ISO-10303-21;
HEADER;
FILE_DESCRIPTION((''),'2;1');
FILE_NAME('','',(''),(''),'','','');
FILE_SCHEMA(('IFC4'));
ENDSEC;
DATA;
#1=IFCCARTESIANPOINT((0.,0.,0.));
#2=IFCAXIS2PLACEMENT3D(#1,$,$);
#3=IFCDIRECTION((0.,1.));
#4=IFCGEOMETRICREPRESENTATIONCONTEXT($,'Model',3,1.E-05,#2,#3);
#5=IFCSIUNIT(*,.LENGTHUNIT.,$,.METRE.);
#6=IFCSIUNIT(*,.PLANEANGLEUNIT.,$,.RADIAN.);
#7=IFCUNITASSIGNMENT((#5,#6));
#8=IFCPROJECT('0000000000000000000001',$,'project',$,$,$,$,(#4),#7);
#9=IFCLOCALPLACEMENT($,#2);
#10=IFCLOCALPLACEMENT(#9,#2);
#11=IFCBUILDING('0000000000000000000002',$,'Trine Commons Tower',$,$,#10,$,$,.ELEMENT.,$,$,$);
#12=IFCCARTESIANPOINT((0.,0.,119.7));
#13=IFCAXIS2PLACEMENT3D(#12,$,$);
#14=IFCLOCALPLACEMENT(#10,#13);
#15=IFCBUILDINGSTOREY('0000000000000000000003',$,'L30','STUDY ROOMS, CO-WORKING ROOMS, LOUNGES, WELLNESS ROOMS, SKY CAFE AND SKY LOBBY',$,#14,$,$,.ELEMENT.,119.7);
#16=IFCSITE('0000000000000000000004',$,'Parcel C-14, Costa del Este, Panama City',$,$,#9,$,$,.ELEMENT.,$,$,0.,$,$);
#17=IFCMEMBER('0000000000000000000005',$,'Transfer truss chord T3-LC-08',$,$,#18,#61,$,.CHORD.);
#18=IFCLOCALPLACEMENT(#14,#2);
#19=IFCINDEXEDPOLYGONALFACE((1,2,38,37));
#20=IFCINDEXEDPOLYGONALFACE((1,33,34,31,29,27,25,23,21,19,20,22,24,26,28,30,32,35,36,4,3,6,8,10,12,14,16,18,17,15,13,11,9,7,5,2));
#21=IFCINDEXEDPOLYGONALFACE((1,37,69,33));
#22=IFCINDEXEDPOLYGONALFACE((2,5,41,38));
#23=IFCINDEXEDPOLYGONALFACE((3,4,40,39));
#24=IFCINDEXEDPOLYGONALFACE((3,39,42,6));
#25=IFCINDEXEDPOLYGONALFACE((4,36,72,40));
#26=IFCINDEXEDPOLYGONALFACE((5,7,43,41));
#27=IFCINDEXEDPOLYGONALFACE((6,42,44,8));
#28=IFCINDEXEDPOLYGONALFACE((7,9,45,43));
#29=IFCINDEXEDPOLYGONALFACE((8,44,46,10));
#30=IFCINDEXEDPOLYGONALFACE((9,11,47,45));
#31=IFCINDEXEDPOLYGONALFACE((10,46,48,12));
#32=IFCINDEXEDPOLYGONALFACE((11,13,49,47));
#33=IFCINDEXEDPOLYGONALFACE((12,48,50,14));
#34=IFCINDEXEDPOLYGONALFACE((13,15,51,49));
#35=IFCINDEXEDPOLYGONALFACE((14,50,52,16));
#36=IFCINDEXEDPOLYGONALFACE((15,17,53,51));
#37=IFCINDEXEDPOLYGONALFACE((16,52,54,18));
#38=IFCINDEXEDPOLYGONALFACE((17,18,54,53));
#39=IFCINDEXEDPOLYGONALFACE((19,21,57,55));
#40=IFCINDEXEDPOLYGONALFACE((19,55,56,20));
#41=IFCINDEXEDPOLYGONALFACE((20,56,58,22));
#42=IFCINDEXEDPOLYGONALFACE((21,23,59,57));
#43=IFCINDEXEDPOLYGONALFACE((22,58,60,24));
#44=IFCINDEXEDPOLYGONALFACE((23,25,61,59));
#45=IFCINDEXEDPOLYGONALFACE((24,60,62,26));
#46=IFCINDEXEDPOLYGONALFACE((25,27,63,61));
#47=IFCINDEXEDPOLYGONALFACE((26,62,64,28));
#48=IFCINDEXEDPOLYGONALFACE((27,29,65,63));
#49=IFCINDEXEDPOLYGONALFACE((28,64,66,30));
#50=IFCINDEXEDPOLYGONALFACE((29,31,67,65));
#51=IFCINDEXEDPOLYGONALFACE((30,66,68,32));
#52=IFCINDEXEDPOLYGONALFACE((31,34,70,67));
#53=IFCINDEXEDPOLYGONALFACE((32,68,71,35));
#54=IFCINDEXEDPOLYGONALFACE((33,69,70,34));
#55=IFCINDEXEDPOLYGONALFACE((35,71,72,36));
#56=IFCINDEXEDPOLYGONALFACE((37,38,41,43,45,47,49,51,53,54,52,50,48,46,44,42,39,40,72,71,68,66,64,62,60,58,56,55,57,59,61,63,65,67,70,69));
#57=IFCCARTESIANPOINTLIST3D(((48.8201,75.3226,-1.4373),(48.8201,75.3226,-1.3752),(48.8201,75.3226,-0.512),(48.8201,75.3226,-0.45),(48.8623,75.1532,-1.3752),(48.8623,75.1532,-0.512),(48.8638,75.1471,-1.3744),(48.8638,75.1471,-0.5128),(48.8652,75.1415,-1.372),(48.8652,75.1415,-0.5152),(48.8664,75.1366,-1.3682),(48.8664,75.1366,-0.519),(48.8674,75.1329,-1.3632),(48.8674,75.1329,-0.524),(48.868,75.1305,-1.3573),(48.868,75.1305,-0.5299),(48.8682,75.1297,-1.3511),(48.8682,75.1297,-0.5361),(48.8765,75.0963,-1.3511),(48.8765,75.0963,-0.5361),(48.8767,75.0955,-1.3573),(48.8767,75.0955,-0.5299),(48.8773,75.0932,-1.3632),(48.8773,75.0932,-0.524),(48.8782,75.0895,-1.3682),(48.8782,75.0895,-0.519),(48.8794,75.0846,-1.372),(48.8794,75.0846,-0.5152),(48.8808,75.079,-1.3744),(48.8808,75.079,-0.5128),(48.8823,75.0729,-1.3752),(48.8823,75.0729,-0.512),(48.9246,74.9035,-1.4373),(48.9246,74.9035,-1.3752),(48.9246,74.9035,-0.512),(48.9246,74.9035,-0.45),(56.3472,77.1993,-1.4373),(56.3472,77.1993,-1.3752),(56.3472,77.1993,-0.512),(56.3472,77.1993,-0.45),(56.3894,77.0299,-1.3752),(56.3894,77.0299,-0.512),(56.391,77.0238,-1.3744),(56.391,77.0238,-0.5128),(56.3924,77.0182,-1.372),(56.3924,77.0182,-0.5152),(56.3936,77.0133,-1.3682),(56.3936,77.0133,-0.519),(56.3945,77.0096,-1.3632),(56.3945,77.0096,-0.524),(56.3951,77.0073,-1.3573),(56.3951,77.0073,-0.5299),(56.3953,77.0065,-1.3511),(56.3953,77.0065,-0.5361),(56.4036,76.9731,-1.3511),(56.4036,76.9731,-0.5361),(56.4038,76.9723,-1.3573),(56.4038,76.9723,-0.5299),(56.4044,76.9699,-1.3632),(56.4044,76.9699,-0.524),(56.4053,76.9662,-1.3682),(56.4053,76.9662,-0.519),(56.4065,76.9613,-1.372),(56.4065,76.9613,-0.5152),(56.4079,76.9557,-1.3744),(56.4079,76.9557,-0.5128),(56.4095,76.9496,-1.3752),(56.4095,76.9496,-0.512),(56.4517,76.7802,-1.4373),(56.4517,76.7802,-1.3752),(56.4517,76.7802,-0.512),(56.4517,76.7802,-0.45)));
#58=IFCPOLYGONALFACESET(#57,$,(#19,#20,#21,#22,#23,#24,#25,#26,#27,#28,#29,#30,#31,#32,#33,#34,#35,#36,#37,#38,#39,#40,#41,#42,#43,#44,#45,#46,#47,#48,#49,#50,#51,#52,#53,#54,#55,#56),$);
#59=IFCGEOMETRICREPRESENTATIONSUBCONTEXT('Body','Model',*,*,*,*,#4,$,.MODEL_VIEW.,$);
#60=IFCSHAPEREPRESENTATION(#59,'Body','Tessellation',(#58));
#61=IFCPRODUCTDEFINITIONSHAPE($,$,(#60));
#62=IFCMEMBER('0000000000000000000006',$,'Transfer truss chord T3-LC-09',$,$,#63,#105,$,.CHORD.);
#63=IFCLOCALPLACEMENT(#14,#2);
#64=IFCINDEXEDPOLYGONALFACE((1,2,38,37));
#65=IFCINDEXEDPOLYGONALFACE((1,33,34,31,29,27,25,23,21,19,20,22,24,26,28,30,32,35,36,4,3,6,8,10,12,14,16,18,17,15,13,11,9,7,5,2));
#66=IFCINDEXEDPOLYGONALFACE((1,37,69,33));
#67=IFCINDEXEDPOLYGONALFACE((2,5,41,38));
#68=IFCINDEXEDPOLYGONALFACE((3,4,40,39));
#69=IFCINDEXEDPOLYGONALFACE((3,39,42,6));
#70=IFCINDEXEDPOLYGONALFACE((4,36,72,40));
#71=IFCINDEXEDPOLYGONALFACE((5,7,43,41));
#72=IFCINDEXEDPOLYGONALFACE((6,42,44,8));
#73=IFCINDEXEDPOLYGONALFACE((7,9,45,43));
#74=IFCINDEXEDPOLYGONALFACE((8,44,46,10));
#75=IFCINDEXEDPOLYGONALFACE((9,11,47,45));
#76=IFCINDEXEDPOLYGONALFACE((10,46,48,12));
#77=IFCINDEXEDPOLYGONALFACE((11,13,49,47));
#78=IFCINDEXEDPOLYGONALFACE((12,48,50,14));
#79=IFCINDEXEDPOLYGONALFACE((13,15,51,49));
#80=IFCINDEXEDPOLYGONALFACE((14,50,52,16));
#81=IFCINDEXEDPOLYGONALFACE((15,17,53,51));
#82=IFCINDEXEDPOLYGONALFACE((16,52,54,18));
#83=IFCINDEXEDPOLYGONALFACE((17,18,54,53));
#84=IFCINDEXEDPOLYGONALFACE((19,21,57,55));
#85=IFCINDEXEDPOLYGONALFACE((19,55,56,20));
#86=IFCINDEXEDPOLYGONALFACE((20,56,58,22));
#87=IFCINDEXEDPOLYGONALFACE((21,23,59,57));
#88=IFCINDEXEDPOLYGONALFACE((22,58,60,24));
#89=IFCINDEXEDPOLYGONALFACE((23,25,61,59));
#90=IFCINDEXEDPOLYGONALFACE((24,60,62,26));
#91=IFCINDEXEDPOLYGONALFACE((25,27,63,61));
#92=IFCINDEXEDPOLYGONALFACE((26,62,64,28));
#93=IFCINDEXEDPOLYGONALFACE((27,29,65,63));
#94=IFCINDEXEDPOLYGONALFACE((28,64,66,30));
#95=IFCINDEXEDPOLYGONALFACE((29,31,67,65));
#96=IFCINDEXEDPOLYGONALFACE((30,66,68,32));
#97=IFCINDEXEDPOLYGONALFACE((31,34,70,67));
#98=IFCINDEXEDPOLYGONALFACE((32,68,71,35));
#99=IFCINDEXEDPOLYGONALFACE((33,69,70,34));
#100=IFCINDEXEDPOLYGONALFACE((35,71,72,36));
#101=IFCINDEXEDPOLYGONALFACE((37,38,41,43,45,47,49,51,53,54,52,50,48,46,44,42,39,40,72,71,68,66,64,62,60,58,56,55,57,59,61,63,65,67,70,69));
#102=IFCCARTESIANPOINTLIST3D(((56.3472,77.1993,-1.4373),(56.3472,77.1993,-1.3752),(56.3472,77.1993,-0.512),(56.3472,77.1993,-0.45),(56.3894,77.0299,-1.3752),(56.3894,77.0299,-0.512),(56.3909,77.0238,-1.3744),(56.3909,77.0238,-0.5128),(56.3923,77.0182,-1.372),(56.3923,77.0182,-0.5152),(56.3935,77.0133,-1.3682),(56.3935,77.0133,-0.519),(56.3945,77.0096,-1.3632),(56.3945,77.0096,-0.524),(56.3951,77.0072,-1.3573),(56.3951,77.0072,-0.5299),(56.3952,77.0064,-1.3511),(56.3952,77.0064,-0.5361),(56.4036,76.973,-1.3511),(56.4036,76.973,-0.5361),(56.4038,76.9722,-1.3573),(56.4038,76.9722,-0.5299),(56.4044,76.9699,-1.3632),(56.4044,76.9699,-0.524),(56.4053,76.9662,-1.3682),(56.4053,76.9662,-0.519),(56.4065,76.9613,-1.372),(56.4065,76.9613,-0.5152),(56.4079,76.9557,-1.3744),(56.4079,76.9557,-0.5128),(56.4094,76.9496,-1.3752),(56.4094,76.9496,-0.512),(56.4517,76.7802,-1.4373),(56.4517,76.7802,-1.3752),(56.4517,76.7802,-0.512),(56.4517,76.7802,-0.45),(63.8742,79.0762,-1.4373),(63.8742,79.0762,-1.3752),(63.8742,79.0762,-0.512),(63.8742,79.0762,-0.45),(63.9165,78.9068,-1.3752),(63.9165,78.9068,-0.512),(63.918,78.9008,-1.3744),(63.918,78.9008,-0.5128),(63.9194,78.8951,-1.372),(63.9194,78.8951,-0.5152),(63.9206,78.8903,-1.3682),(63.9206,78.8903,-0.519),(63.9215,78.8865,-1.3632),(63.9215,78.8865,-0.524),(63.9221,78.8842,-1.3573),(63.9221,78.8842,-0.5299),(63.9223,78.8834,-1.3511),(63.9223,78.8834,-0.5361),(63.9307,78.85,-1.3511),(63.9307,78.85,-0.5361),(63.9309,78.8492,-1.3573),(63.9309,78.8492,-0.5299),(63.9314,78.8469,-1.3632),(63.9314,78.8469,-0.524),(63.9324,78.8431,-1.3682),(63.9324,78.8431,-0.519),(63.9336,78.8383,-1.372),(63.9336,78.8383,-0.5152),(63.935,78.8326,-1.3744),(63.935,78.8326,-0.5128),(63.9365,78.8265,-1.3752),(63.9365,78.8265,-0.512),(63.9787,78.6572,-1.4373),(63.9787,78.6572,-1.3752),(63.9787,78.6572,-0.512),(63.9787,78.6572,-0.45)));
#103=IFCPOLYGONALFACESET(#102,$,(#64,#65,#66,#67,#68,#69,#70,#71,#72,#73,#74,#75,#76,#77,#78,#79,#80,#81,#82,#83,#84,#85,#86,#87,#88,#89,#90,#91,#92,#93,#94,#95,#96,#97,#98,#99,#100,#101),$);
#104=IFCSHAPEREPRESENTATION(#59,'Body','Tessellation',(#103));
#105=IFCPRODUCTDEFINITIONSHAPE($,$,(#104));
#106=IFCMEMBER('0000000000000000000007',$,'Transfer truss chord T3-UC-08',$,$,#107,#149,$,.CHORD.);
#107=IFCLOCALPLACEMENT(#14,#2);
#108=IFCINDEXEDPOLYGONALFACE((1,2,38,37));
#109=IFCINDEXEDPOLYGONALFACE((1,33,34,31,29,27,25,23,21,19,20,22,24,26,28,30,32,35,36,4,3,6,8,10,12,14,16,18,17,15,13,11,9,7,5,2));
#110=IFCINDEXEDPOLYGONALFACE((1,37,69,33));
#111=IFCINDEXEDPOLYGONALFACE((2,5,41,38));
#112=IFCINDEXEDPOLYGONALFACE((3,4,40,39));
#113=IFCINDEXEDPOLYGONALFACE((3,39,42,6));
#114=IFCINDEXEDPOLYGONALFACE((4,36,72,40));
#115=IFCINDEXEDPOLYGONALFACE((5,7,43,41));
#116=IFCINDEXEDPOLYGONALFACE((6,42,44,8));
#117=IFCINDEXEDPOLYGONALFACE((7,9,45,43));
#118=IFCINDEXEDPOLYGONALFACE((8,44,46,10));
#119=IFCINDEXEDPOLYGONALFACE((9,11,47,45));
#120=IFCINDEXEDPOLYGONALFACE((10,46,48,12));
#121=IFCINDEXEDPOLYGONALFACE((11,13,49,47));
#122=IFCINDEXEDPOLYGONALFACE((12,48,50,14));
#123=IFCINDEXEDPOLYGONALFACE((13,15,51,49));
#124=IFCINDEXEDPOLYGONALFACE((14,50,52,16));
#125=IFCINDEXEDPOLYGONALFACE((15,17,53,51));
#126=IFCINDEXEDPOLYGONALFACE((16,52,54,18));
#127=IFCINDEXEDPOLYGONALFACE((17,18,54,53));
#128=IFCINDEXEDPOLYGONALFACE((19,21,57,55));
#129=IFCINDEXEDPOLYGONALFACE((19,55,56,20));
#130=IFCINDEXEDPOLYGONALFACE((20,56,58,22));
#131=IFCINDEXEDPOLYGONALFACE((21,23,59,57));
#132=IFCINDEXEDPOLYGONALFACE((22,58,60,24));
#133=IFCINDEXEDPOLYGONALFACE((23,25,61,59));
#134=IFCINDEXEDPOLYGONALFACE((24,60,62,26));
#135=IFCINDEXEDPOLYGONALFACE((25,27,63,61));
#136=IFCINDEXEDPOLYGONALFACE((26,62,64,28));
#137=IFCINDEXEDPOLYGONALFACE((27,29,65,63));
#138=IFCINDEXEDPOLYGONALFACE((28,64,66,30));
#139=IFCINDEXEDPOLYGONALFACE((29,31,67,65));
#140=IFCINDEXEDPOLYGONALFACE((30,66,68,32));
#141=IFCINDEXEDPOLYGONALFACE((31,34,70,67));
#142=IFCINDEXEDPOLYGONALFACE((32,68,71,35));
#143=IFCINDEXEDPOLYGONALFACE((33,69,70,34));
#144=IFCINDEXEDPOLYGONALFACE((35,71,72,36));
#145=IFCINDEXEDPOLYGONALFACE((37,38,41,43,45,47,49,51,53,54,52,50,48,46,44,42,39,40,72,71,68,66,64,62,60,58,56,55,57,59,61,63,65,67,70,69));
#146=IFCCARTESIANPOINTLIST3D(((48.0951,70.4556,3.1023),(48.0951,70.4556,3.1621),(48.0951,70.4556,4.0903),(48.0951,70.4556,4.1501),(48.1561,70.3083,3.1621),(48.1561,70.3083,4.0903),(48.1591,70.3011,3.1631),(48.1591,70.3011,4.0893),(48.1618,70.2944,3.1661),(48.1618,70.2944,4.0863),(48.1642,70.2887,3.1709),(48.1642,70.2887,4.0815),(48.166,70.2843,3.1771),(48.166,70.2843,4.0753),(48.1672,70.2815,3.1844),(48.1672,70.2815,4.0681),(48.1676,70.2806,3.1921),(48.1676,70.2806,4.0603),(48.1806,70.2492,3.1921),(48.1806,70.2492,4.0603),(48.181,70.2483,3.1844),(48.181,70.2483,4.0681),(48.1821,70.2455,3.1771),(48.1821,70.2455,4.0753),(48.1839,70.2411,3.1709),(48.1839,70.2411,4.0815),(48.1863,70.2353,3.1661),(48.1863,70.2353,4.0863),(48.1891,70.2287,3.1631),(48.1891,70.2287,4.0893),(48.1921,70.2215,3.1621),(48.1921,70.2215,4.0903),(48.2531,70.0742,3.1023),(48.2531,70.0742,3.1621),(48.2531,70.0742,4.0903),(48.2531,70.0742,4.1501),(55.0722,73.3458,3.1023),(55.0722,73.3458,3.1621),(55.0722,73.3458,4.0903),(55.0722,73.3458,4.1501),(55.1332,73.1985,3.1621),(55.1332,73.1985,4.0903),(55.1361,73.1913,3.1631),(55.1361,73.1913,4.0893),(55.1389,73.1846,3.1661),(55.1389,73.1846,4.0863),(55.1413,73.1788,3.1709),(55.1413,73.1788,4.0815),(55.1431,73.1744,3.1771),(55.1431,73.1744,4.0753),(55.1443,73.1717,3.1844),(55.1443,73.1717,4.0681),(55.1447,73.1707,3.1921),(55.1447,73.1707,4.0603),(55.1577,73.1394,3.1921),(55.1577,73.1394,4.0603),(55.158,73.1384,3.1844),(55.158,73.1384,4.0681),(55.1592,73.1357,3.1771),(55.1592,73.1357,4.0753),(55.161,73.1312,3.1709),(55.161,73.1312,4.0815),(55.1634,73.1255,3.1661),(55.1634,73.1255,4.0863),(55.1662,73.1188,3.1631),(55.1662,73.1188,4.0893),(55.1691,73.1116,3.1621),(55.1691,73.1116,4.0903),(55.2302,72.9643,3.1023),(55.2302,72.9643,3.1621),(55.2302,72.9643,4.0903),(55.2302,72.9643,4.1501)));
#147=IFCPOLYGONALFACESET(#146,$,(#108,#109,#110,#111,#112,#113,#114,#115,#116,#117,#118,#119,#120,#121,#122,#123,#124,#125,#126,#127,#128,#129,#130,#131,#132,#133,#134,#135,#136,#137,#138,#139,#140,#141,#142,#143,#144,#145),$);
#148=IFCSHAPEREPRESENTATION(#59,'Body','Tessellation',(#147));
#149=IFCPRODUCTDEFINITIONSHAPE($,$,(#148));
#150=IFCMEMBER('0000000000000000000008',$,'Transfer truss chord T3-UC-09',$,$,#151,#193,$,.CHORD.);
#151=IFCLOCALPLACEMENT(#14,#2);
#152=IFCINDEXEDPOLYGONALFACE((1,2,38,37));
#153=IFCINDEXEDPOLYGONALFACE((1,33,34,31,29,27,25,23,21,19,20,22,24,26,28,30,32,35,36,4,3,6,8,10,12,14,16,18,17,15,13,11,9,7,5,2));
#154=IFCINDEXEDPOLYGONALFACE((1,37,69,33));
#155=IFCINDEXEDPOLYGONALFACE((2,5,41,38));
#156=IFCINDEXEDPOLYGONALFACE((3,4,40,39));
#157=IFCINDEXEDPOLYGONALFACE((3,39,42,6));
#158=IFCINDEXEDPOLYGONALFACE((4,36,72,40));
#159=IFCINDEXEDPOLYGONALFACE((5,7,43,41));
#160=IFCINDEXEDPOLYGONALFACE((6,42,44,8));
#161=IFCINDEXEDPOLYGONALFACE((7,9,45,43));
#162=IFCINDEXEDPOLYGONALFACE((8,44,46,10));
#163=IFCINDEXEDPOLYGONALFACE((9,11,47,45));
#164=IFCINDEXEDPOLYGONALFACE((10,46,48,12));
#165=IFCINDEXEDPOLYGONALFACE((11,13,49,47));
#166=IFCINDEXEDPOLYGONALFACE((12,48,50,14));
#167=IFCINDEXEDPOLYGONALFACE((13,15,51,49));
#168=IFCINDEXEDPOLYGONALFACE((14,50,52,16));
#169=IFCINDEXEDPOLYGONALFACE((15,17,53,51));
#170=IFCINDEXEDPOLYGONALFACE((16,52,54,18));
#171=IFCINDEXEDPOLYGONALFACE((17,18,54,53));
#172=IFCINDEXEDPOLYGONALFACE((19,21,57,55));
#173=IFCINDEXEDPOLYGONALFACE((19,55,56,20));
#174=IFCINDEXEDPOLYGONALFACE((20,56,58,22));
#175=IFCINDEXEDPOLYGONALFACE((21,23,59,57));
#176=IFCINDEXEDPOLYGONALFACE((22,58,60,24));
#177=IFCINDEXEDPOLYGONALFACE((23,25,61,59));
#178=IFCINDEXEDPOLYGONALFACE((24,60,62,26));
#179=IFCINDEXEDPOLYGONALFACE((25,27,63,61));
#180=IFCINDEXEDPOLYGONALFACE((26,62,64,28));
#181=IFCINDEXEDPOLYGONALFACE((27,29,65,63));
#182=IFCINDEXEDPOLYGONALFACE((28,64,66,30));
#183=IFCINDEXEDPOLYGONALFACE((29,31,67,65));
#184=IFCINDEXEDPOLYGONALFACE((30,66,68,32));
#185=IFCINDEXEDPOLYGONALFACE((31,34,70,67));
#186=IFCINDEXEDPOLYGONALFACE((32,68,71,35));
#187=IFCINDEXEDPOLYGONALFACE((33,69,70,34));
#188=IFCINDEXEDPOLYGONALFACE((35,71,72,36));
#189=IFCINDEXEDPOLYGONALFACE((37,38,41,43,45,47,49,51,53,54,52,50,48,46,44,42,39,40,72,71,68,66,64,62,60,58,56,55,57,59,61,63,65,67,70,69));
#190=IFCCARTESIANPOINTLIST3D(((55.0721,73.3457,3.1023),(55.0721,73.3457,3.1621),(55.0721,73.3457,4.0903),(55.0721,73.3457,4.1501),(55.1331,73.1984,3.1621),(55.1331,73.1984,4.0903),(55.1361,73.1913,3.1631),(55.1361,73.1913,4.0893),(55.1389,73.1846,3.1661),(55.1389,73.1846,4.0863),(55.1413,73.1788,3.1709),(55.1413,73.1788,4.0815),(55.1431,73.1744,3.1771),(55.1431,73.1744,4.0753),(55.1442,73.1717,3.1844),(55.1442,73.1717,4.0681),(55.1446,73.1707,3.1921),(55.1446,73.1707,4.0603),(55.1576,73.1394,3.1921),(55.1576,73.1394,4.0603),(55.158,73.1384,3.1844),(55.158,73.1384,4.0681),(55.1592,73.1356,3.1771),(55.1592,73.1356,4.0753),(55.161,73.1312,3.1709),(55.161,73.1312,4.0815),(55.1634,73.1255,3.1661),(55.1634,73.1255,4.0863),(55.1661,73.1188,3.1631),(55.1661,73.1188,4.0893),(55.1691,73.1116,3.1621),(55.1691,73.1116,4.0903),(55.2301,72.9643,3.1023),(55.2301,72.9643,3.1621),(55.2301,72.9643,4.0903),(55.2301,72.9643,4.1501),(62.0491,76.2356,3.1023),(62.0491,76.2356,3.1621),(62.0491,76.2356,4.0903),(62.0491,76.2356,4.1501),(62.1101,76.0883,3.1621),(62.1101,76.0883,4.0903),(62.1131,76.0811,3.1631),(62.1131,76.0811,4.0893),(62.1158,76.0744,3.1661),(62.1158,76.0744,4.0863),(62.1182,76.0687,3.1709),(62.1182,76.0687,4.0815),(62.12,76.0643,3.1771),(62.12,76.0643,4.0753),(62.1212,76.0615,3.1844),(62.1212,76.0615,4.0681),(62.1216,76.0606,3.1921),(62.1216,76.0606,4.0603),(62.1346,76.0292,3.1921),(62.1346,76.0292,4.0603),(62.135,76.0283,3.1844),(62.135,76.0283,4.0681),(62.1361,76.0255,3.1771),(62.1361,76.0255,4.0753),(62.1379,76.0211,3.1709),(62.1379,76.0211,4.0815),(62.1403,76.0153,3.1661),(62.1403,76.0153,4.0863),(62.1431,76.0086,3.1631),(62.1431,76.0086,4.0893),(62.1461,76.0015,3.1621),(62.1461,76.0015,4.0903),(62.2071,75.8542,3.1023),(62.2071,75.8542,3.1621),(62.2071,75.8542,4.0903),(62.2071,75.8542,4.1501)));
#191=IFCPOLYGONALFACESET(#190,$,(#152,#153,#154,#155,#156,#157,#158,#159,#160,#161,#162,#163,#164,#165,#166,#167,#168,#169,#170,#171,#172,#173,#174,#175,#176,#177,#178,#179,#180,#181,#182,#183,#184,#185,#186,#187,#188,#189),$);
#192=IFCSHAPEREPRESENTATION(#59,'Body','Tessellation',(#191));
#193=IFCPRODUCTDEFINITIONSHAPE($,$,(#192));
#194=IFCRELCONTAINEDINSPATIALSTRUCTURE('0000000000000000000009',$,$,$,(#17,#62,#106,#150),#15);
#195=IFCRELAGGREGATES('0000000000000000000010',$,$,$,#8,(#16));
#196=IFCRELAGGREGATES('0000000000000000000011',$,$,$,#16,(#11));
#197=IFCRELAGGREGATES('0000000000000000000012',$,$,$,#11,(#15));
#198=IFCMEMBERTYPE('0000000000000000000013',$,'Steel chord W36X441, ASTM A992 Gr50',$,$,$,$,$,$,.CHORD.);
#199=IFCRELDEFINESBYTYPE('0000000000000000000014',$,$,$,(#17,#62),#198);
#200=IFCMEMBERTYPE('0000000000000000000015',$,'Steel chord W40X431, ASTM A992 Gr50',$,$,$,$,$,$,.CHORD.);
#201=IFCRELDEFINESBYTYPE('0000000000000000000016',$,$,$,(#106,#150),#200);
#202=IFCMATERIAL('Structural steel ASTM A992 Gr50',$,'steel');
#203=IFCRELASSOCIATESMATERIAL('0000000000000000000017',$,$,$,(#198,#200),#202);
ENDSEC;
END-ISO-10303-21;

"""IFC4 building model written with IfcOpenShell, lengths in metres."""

from ifc_helpers import new_model, si_unit, direction, frame, origin, origin_2d, place, context, subcontext, project, spatial, i_section, extrude, material, material_profile, profile_set, type_object, element, save


model = new_model("IFC4")

# Units and contexts
model_context = context("Model", 3, precision=1e-05, world=origin(), true_north=direction((0.0, 1.0)))
body_context = subcontext(model_context, "Body", "Model", "MODEL_VIEW")
ifc_project = project(units=[si_unit("LENGTHUNIT", "METRE"), si_unit("PLANEANGLEUNIT", "RADIAN")], contexts=[model_context])

# Site, building, storey
site_placement = place(None, origin())
site = spatial("IfcSite", under=ifc_project, at=site_placement, Name="Parcel C-14, Costa del Este, Panama City", CompositionType="ELEMENT", RefElevation=0.0)
building_placement = place(site_placement, origin())
building = spatial("IfcBuilding", under=site, at=building_placement, Name="Trine Commons Tower", CompositionType="ELEMENT")
storey_placement = place(building_placement, frame((0.0, 0.0, 119.7)))
storey = spatial("IfcBuildingStorey", under=building, at=storey_placement, Name="L30", Description="STUDY ROOMS, CO-WORKING ROOMS, LOUNGES, WELLNESS ROOMS, SKY CAFE AND SKY LOBBY", CompositionType="ELEMENT", Elevation=119.7)

# Shared definitions
ifc_material_1 = material(Name="Structural steel ASTM A992 Gr50", Category="steel")

# Members
ifc_material_profile_1 = material_profile(ifc_material_1, i_section(OverallWidth=0.4319, OverallDepth=0.9873, WebThickness=0.0344, FlangeThickness=0.062, FilletRadius=0.0242, at=origin_2d()), Name="W36X441")
ifc_profile_set_1 = profile_set([ifc_material_profile_1], Name="Structural steel ASTM A992 Gr50")
member_type_1 = type_object("IfcMemberType", Name="Steel chord W36X441, ASTM A992 Gr50", PredefinedType="CHORD", material=ifc_profile_set_1)
for number, where, z_axis, x_axis, name in (
    (1, (48.8723, 75.113, -0.9436), (0.970296, 0.241921, 0.0), (-0.241921, 0.970296, 0.0), "Transfer truss chord T3-LC-08"),
    (2, (56.3994, 76.9897, -0.9436), (0.970289, 0.241951, 0.0), (-0.241951, 0.970289, 0.0), "Transfer truss chord T3-LC-09"),
):
    element("IfcMember", number, at=place(storey_placement, frame(where, z_axis=z_axis, x_axis=x_axis)), inside=storey, type_object=member_type_1, Name=name, PredefinedType="CHORD", context=body_context, shape_type="SweptSolid", body=[
        extrude(i_section(OverallWidth=0.4319, OverallDepth=0.9873, WebThickness=0.0344, FlangeThickness=0.062, FilletRadius=0.0242, at=origin_2d()), origin(), (0.0, 0.0, 1.0), 7.7576),
    ])
ifc_material_profile_2 = material_profile(ifc_material_1, i_section(OverallWidth=0.4128, OverallDepth=1.0479, WebThickness=0.0339, FlangeThickness=0.0598, FilletRadius=0.03, at=origin_2d()), Name="W40X431")
ifc_profile_set_2 = profile_set([ifc_material_profile_2], Name="Structural steel ASTM A992 Gr50")
member_type_2 = type_object("IfcMemberType", Name="Steel chord W40X431, ASTM A992 Gr50", PredefinedType="CHORD", material=ifc_profile_set_2)
member_1_placement = place(storey_placement, frame((48.1741, 70.2649, 3.6262), z_axis=(0.923873, 0.3827, 0.0), x_axis=(-0.3827, 0.923873, 0.0)))
element("IfcMember", 3, at=member_1_placement, inside=storey, type_object=member_type_2, Name="Transfer truss chord T3-UC-08", PredefinedType="CHORD", context=body_context, shape_type="SweptSolid", body=[
    extrude(i_section(OverallWidth=0.4128, OverallDepth=1.0479, WebThickness=0.0339, FlangeThickness=0.0598, FilletRadius=0.03, at=origin_2d()), origin(), (0.0, 0.0, 1.0), 7.552),
])
member_2_placement = place(storey_placement, frame((55.1511, 73.155, 3.6262), z_axis=(0.923884, 0.382673, 0.0), x_axis=(-0.382673, 0.923884, 0.0)))
element("IfcMember", 4, at=member_2_placement, inside=storey, type_object=member_type_2, Name="Transfer truss chord T3-UC-09", PredefinedType="CHORD", context=body_context, shape_type="SweptSolid", body=[
    extrude(i_section(OverallWidth=0.4128, OverallDepth=1.0479, WebThickness=0.0339, FlangeThickness=0.0598, FilletRadius=0.03, at=origin_2d()), origin(), (0.0, 0.0, 1.0), 7.5518),
])

save(model, "model.ifc")
